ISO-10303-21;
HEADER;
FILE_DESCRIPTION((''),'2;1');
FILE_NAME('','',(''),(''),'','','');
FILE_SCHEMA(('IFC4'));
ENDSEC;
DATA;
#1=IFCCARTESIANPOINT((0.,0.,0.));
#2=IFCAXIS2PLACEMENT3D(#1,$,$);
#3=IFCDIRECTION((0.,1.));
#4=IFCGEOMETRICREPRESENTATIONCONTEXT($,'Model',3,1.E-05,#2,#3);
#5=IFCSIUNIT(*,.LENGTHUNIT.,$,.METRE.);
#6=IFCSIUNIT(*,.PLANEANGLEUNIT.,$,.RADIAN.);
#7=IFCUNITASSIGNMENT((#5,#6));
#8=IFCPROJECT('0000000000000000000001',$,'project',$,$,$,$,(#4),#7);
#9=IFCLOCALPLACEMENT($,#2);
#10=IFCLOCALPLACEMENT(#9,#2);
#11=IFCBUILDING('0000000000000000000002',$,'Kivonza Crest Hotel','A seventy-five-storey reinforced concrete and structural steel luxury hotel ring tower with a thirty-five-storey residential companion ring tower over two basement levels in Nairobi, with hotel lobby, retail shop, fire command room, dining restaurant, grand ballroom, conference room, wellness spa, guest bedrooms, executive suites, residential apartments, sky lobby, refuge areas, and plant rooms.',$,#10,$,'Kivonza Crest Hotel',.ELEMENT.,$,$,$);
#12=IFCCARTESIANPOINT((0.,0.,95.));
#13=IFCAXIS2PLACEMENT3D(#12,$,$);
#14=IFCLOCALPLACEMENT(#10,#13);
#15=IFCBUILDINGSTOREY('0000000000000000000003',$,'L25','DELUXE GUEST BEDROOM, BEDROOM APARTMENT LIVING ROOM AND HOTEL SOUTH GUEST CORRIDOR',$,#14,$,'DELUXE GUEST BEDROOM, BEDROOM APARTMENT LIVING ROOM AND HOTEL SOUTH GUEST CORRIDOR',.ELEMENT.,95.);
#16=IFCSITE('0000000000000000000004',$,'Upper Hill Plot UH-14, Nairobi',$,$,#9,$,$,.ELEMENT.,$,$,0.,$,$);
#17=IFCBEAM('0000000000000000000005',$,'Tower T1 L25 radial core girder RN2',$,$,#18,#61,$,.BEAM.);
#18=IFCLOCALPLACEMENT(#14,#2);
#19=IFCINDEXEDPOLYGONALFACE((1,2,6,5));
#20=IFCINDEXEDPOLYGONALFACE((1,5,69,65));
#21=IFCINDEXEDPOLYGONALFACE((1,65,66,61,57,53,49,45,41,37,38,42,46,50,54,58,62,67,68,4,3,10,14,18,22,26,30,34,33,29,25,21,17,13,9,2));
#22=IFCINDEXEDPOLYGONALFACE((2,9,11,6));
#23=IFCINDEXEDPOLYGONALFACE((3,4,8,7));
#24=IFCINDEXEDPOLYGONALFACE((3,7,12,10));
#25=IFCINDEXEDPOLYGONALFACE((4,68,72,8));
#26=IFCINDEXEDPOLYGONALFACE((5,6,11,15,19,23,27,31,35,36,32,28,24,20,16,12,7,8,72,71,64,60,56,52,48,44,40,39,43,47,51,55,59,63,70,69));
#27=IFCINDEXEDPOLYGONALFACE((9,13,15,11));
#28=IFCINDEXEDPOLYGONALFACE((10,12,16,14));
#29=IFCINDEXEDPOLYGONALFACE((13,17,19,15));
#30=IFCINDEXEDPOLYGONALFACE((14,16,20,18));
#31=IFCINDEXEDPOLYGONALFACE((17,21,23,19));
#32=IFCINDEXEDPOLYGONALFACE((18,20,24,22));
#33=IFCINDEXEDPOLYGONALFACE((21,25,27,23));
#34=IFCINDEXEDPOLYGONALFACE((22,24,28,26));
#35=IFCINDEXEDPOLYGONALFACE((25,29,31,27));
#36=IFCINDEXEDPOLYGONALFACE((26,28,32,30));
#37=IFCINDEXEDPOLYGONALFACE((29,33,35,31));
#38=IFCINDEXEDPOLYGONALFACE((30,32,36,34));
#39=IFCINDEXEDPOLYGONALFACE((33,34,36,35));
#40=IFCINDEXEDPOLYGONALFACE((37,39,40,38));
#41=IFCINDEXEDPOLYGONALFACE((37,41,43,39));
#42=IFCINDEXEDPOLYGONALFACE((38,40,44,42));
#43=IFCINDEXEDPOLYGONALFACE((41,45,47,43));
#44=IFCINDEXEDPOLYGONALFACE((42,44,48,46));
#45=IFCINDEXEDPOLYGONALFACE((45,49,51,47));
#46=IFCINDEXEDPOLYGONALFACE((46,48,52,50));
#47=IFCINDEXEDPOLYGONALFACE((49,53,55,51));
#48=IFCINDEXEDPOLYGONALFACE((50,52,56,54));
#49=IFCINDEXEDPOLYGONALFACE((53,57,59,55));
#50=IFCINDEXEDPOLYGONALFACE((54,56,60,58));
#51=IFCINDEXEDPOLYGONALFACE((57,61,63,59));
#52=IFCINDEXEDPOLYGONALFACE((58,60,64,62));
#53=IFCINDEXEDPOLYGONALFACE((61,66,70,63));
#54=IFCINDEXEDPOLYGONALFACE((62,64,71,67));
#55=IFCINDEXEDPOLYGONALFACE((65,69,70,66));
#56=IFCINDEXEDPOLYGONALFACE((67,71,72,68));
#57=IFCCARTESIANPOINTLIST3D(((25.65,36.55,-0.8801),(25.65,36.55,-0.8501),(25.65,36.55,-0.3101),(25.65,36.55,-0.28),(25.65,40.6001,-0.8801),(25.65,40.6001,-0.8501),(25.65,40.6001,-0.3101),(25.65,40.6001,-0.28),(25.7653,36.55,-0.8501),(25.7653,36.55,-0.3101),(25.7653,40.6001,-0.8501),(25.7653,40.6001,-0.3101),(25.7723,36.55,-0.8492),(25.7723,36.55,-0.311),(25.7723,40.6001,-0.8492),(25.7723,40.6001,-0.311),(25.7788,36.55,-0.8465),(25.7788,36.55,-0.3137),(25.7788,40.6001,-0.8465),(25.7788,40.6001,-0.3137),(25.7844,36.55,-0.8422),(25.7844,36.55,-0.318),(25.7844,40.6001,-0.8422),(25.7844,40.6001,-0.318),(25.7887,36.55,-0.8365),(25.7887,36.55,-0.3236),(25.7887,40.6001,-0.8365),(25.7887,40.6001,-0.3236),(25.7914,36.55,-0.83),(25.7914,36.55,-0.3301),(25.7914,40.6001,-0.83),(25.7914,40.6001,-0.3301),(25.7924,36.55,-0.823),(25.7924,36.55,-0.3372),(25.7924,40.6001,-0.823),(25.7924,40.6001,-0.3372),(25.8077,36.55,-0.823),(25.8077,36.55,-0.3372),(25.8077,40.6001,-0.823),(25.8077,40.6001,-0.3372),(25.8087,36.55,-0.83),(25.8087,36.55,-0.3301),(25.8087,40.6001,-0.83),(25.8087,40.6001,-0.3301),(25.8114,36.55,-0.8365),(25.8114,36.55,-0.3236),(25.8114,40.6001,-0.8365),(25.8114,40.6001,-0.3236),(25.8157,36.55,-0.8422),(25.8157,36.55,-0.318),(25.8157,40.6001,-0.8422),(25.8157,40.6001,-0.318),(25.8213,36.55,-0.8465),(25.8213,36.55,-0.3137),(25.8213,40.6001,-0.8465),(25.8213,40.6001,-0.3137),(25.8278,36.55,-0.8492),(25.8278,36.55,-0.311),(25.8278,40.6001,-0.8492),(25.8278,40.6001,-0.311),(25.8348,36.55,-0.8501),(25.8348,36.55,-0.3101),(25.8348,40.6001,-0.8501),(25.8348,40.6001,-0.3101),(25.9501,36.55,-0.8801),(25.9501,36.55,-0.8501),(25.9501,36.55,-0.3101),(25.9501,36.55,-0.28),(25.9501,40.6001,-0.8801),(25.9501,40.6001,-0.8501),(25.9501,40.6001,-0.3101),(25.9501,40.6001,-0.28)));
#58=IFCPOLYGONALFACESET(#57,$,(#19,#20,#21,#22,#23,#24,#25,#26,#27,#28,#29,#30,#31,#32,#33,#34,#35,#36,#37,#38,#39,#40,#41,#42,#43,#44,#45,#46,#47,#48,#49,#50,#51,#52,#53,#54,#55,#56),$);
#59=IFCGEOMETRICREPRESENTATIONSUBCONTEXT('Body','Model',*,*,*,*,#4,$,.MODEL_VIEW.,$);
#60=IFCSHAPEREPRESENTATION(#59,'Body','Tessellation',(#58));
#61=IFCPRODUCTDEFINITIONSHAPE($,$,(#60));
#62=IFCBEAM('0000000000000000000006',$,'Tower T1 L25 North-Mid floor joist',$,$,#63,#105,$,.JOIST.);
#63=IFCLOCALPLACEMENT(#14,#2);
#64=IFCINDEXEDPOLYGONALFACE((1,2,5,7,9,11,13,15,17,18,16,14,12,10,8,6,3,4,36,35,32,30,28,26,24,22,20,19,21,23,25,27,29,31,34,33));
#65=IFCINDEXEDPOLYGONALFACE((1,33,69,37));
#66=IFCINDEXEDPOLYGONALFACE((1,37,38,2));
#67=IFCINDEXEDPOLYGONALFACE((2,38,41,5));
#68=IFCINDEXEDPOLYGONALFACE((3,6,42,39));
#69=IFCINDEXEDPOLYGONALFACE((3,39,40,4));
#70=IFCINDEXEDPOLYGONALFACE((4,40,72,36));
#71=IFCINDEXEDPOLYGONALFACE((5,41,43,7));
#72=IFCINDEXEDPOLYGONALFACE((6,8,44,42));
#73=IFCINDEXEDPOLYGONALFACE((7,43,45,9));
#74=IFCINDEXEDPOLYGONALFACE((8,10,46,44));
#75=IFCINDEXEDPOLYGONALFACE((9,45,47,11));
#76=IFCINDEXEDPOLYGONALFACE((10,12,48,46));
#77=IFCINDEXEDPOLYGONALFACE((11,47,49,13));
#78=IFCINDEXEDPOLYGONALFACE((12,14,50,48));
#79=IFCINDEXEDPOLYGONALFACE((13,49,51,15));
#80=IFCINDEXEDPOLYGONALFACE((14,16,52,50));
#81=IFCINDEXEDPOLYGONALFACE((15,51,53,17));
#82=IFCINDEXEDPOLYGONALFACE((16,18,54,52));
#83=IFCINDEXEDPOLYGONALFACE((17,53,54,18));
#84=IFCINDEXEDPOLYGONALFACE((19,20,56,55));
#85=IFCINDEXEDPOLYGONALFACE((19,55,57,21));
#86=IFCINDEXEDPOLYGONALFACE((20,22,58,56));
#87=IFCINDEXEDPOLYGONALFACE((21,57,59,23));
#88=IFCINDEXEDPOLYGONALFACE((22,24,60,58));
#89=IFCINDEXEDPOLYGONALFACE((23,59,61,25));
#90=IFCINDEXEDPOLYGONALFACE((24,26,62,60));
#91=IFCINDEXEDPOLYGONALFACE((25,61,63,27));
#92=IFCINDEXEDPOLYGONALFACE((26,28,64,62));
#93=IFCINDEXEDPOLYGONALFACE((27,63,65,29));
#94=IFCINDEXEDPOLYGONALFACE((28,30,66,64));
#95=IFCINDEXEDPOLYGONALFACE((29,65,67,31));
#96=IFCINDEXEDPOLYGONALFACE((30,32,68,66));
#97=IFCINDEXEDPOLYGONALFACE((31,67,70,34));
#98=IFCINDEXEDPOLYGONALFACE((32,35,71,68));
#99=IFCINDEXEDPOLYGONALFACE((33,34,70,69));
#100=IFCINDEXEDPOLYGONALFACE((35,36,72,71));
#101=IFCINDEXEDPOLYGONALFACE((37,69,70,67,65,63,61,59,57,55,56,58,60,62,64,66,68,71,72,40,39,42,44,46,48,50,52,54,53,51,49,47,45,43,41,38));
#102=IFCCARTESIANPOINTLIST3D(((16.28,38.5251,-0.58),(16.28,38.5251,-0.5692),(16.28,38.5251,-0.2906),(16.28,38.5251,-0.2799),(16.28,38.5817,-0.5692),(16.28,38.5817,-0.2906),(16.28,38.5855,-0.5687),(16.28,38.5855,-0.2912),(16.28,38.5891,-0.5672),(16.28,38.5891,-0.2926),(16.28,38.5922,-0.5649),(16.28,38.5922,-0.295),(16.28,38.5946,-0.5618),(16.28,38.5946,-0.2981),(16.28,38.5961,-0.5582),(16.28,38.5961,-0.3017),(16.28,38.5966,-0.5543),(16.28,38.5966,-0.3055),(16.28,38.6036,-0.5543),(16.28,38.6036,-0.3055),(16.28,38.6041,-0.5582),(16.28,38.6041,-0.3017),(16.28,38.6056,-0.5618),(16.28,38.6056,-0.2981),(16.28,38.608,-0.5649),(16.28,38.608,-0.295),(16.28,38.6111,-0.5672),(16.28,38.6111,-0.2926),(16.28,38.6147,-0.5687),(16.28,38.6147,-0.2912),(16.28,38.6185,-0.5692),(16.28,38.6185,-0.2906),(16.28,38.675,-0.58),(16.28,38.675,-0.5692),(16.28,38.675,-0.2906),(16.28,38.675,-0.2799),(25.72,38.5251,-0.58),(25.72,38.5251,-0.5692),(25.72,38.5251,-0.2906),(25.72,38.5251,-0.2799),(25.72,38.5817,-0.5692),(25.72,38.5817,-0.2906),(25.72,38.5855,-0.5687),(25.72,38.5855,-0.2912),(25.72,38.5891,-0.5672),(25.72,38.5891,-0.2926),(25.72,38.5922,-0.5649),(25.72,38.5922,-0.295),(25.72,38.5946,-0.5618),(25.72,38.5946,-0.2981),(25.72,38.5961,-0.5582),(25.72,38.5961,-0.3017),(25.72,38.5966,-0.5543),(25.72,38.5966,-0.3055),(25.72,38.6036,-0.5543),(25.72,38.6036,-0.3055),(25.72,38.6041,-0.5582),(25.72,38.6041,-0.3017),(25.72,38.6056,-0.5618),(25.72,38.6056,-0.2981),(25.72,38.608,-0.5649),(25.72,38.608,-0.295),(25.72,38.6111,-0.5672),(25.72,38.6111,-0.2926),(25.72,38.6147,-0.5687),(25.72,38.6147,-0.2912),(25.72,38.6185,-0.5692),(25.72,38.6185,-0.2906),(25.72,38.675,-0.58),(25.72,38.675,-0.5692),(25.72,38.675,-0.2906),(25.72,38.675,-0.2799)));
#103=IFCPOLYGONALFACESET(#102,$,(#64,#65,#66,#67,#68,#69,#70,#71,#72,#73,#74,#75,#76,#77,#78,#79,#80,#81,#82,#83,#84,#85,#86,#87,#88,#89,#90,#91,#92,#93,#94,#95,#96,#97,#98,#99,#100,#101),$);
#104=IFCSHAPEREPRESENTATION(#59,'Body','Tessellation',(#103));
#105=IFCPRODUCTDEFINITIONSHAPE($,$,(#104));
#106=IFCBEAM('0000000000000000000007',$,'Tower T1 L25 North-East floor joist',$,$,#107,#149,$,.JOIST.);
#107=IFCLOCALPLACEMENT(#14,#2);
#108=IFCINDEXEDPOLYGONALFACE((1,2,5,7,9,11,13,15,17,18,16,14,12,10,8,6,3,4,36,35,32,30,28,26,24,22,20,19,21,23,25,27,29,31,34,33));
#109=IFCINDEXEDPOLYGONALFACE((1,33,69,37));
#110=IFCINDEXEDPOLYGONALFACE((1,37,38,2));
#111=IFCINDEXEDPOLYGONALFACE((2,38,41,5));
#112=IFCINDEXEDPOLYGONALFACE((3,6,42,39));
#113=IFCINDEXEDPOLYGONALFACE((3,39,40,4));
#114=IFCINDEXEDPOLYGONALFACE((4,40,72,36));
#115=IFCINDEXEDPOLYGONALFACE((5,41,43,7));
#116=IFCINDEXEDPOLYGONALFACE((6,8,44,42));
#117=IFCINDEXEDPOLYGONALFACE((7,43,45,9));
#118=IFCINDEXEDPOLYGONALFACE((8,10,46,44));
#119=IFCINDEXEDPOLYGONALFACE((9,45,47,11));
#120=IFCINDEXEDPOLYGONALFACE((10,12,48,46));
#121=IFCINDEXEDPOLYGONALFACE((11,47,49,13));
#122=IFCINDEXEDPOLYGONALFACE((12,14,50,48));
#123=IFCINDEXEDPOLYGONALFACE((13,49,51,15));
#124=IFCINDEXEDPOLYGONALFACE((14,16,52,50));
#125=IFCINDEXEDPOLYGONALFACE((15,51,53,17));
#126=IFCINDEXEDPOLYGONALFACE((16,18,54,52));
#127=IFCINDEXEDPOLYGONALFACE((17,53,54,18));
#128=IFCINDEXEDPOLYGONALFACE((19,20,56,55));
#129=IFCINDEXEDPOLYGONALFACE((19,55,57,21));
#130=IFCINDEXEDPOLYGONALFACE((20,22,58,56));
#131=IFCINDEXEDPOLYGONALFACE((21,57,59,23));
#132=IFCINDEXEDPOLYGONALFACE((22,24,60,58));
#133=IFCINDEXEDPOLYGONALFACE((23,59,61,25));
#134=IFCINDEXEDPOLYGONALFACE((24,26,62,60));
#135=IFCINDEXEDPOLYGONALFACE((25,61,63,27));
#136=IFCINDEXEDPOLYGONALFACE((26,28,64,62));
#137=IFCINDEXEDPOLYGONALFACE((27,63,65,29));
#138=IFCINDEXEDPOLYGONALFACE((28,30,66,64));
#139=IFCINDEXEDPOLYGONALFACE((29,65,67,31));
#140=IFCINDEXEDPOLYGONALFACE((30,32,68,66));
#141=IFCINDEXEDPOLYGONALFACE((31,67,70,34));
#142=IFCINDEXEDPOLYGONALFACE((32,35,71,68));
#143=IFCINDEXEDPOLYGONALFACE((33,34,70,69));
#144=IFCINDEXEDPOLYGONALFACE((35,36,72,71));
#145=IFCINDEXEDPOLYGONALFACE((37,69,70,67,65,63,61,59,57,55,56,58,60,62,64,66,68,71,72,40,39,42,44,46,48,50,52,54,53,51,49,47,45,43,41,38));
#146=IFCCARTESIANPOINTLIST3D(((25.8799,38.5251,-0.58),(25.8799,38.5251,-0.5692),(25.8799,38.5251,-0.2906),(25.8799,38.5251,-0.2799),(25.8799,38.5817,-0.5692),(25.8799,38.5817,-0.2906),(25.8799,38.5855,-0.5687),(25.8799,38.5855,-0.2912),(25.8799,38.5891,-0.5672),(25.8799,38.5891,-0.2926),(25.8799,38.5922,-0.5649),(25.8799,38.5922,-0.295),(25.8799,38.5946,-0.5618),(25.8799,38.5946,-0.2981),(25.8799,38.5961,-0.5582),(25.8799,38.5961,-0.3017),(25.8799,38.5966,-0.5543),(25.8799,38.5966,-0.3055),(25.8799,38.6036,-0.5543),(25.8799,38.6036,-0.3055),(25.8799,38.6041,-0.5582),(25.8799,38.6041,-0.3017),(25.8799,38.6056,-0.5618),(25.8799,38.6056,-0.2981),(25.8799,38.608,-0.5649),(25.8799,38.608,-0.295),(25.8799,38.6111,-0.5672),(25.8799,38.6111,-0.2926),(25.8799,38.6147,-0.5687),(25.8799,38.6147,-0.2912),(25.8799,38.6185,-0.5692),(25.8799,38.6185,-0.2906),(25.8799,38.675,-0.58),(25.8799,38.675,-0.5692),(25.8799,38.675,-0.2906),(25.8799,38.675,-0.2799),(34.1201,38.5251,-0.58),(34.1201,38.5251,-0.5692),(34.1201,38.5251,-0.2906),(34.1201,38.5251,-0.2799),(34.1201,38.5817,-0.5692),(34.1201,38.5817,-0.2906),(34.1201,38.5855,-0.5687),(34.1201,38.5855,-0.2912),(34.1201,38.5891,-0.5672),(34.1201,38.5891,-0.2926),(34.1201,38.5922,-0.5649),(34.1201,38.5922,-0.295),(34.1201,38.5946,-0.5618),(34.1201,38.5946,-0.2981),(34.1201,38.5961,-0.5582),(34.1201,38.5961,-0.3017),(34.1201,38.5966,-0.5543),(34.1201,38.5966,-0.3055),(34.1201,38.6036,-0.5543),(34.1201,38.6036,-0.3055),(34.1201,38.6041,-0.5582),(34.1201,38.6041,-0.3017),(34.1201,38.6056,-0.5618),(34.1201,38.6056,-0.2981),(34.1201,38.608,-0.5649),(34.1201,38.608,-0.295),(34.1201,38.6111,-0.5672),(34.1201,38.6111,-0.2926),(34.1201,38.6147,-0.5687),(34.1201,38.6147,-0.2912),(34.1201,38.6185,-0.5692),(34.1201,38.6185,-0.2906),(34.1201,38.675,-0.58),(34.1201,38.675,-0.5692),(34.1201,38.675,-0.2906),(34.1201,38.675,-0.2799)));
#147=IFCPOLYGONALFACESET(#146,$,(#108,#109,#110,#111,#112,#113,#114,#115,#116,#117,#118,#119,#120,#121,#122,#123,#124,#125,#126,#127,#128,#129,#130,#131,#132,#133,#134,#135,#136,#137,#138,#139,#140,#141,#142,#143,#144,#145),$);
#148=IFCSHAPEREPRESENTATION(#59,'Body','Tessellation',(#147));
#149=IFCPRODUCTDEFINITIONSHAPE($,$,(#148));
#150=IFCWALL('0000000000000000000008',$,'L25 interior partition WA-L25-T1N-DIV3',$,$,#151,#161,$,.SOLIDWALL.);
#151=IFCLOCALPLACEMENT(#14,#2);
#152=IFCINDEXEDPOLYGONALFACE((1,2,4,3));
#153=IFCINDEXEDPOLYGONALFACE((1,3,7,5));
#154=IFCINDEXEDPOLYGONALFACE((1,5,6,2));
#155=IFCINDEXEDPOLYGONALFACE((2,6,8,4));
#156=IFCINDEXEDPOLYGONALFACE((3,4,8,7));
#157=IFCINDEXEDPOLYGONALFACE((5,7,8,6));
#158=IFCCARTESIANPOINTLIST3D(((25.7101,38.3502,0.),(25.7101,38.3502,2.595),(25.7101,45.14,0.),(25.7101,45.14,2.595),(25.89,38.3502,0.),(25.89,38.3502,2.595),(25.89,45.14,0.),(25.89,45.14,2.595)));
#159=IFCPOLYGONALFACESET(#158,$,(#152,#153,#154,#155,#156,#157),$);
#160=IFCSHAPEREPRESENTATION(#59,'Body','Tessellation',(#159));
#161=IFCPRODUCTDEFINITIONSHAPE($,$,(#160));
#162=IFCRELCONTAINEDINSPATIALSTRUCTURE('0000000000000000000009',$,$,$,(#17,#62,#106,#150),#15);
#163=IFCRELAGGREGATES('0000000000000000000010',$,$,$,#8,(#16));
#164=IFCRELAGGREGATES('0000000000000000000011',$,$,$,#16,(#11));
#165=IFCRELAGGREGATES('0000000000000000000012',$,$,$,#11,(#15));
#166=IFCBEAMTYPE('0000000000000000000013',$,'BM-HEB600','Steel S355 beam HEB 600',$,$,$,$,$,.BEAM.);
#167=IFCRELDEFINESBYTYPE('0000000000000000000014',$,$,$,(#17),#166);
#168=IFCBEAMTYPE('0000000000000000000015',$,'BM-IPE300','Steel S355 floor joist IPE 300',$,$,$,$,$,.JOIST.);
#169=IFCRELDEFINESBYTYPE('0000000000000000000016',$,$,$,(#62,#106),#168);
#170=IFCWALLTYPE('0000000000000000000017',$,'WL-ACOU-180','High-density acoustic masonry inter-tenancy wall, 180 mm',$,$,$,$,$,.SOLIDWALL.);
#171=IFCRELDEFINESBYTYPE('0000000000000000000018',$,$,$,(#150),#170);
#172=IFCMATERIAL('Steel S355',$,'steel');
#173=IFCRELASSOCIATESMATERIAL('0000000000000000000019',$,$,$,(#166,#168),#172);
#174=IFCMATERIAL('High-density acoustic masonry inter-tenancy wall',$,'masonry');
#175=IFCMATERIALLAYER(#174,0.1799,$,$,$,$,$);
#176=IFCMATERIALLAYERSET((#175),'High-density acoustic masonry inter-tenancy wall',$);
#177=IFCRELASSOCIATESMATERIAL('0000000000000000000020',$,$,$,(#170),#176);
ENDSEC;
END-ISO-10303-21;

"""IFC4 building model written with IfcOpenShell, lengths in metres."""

from ifc_helpers import new_model, si_unit, direction, frame, frame_2d, origin, origin_2d, place, context, subcontext, project, spatial, rectangle, i_section, extrude, material, layer, layer_set, material_profile, profile_set, type_object, element, save


model = new_model("IFC4")

# Units and contexts
model_context = context("Model", 3, precision=1e-05, world=origin(), true_north=direction((0.0, 1.0)))
body_context = subcontext(model_context, "Body", "Model", "MODEL_VIEW")
ifc_project = project(units=[si_unit("LENGTHUNIT", "METRE"), si_unit("PLANEANGLEUNIT", "RADIAN")], contexts=[model_context])

# Site, building, storey
site_placement = place(None, origin())
site = spatial("IfcSite", under=ifc_project, at=site_placement, Name="Upper Hill Plot UH-14, Nairobi", CompositionType="ELEMENT", RefElevation=0.0)
building_placement = place(site_placement, origin())
building = spatial("IfcBuilding", under=site, at=building_placement, Name="Kivonza Crest Hotel", Description="A seventy-five-storey reinforced concrete and structural steel luxury hotel ring tower with a thirty-five-storey residential companion ring tower over two basement levels in Nairobi, with hotel lobby, retail shop, fire command room, dining restaurant, grand ballroom, conference room, wellness spa, guest bedrooms, executive suites, residential apartments, sky lobby, refuge areas, and plant rooms.", LongName="Kivonza Crest Hotel", CompositionType="ELEMENT")
storey_placement = place(building_placement, frame((0.0, 0.0, 95.0)))
storey = spatial("IfcBuildingStorey", under=building, at=storey_placement, Name="L25", Description="DELUXE GUEST BEDROOM, BEDROOM APARTMENT LIVING ROOM AND HOTEL SOUTH GUEST CORRIDOR", LongName="DELUXE GUEST BEDROOM, BEDROOM APARTMENT LIVING ROOM AND HOTEL SOUTH GUEST CORRIDOR", CompositionType="ELEMENT", Elevation=95.0)

# Beams
ifc_material_1 = material(Name="Steel S355", Category="steel")
ifc_material_profile_1 = material_profile(ifc_material_1, i_section(OverallWidth=0.3, OverallDepth=0.6001, WebThickness=0.0154, FlangeThickness=0.03, FilletRadius=0.0271, at=origin_2d()), Name="HEB 600")
ifc_profile_set_1 = profile_set([ifc_material_profile_1], Name="Steel S355")
beam_type_1 = type_object("IfcBeamType", Name="BM-HEB600", Description="Steel S355 beam HEB 600", PredefinedType="BEAM", material=ifc_profile_set_1)
for number, where, z_axis, x_axis, name in (
    (1, (25.8, 40.6001, -0.5801), (0.0, -1.0, 0.0), (1.0, 0.0, 0.0), "Tower T1 L25 radial core girder RN2"),
):
    element("IfcBeam", number, at=place(storey_placement, frame(where, z_axis=z_axis, x_axis=x_axis)), inside=storey, type_object=beam_type_1, Name=name, PredefinedType="BEAM", context=body_context, shape_type="SweptSolid", body=[
        extrude(i_section(OverallWidth=0.3, OverallDepth=0.6001, WebThickness=0.0154, FlangeThickness=0.03, FilletRadius=0.0271, at=origin_2d()), origin(), (0.0, 0.0, 1.0), 4.05),
    ])
ifc_material_profile_2 = material_profile(ifc_material_1, i_section(OverallWidth=0.1499, OverallDepth=0.3, WebThickness=0.0071, FlangeThickness=0.0107, FilletRadius=0.0149, at=origin_2d()), Name="IPE 300")
ifc_profile_set_2 = profile_set([ifc_material_profile_2], Name="Steel S355")
beam_type_2 = type_object("IfcBeamType", Name="BM-IPE300", Description="Steel S355 floor joist IPE 300", PredefinedType="JOIST", material=ifc_profile_set_2)
beam_1_placement = place(storey_placement, frame((16.28, 38.6001, -0.4299), z_axis=(1.0, 0.0, 0.0), x_axis=(0.0, 1.0, 0.0)))
element("IfcBeam", 2, at=beam_1_placement, inside=storey, type_object=beam_type_2, Name="Tower T1 L25 North-Mid floor joist", PredefinedType="JOIST", context=body_context, shape_type="SweptSolid", body=[
    extrude(i_section(OverallWidth=0.1499, OverallDepth=0.3, WebThickness=0.0071, FlangeThickness=0.0107, FilletRadius=0.0149, at=origin_2d()), origin(), (0.0, 0.0, 1.0), 9.4399),
])
beam_2_placement = place(storey_placement, frame((25.8799, 38.6001, -0.4299), z_axis=(1.0, 0.0, 0.0), x_axis=(0.0, 1.0, 0.0)))
element("IfcBeam", 3, at=beam_2_placement, inside=storey, type_object=beam_type_2, Name="Tower T1 L25 North-East floor joist", PredefinedType="JOIST", context=body_context, shape_type="SweptSolid", body=[
    extrude(i_section(OverallWidth=0.1499, OverallDepth=0.3, WebThickness=0.0071, FlangeThickness=0.0107, FilletRadius=0.0149, at=origin_2d()), origin(), (0.0, 0.0, 1.0), 8.2402),
])

# Wall
ifc_material_2 = material(Name="High-density acoustic masonry inter-tenancy wall", Category="masonry")
ifc_layer_1 = layer(ifc_material_2, 0.1799)
ifc_layer_set_1 = layer_set([ifc_layer_1], Name="High-density acoustic masonry inter-tenancy wall")
wall_type_1 = type_object("IfcWallType", Name="WL-ACOU-180", Description="High-density acoustic masonry inter-tenancy wall, 180 mm", PredefinedType="SOLIDWALL", material=ifc_layer_set_1)
wall_1_placement = place(storey_placement, frame((25.8, 38.3501, 0.0), z_axis=(0.0, 0.0, 1.0), x_axis=(0.0, 1.0, 0.0)))
element("IfcWall", 4, at=wall_1_placement, inside=storey, type_object=wall_type_1, Name="L25 interior partition WA-L25-T1N-DIV3", PredefinedType="SOLIDWALL", context=body_context, shape_type="SweptSolid", body=[
    extrude(rectangle(XDim=6.7898, YDim=0.1799, at=frame_2d((3.395, 0.0))), origin(), (0.0, 0.0, 1.0), 2.595),
])

save(model, "model.ifc")
